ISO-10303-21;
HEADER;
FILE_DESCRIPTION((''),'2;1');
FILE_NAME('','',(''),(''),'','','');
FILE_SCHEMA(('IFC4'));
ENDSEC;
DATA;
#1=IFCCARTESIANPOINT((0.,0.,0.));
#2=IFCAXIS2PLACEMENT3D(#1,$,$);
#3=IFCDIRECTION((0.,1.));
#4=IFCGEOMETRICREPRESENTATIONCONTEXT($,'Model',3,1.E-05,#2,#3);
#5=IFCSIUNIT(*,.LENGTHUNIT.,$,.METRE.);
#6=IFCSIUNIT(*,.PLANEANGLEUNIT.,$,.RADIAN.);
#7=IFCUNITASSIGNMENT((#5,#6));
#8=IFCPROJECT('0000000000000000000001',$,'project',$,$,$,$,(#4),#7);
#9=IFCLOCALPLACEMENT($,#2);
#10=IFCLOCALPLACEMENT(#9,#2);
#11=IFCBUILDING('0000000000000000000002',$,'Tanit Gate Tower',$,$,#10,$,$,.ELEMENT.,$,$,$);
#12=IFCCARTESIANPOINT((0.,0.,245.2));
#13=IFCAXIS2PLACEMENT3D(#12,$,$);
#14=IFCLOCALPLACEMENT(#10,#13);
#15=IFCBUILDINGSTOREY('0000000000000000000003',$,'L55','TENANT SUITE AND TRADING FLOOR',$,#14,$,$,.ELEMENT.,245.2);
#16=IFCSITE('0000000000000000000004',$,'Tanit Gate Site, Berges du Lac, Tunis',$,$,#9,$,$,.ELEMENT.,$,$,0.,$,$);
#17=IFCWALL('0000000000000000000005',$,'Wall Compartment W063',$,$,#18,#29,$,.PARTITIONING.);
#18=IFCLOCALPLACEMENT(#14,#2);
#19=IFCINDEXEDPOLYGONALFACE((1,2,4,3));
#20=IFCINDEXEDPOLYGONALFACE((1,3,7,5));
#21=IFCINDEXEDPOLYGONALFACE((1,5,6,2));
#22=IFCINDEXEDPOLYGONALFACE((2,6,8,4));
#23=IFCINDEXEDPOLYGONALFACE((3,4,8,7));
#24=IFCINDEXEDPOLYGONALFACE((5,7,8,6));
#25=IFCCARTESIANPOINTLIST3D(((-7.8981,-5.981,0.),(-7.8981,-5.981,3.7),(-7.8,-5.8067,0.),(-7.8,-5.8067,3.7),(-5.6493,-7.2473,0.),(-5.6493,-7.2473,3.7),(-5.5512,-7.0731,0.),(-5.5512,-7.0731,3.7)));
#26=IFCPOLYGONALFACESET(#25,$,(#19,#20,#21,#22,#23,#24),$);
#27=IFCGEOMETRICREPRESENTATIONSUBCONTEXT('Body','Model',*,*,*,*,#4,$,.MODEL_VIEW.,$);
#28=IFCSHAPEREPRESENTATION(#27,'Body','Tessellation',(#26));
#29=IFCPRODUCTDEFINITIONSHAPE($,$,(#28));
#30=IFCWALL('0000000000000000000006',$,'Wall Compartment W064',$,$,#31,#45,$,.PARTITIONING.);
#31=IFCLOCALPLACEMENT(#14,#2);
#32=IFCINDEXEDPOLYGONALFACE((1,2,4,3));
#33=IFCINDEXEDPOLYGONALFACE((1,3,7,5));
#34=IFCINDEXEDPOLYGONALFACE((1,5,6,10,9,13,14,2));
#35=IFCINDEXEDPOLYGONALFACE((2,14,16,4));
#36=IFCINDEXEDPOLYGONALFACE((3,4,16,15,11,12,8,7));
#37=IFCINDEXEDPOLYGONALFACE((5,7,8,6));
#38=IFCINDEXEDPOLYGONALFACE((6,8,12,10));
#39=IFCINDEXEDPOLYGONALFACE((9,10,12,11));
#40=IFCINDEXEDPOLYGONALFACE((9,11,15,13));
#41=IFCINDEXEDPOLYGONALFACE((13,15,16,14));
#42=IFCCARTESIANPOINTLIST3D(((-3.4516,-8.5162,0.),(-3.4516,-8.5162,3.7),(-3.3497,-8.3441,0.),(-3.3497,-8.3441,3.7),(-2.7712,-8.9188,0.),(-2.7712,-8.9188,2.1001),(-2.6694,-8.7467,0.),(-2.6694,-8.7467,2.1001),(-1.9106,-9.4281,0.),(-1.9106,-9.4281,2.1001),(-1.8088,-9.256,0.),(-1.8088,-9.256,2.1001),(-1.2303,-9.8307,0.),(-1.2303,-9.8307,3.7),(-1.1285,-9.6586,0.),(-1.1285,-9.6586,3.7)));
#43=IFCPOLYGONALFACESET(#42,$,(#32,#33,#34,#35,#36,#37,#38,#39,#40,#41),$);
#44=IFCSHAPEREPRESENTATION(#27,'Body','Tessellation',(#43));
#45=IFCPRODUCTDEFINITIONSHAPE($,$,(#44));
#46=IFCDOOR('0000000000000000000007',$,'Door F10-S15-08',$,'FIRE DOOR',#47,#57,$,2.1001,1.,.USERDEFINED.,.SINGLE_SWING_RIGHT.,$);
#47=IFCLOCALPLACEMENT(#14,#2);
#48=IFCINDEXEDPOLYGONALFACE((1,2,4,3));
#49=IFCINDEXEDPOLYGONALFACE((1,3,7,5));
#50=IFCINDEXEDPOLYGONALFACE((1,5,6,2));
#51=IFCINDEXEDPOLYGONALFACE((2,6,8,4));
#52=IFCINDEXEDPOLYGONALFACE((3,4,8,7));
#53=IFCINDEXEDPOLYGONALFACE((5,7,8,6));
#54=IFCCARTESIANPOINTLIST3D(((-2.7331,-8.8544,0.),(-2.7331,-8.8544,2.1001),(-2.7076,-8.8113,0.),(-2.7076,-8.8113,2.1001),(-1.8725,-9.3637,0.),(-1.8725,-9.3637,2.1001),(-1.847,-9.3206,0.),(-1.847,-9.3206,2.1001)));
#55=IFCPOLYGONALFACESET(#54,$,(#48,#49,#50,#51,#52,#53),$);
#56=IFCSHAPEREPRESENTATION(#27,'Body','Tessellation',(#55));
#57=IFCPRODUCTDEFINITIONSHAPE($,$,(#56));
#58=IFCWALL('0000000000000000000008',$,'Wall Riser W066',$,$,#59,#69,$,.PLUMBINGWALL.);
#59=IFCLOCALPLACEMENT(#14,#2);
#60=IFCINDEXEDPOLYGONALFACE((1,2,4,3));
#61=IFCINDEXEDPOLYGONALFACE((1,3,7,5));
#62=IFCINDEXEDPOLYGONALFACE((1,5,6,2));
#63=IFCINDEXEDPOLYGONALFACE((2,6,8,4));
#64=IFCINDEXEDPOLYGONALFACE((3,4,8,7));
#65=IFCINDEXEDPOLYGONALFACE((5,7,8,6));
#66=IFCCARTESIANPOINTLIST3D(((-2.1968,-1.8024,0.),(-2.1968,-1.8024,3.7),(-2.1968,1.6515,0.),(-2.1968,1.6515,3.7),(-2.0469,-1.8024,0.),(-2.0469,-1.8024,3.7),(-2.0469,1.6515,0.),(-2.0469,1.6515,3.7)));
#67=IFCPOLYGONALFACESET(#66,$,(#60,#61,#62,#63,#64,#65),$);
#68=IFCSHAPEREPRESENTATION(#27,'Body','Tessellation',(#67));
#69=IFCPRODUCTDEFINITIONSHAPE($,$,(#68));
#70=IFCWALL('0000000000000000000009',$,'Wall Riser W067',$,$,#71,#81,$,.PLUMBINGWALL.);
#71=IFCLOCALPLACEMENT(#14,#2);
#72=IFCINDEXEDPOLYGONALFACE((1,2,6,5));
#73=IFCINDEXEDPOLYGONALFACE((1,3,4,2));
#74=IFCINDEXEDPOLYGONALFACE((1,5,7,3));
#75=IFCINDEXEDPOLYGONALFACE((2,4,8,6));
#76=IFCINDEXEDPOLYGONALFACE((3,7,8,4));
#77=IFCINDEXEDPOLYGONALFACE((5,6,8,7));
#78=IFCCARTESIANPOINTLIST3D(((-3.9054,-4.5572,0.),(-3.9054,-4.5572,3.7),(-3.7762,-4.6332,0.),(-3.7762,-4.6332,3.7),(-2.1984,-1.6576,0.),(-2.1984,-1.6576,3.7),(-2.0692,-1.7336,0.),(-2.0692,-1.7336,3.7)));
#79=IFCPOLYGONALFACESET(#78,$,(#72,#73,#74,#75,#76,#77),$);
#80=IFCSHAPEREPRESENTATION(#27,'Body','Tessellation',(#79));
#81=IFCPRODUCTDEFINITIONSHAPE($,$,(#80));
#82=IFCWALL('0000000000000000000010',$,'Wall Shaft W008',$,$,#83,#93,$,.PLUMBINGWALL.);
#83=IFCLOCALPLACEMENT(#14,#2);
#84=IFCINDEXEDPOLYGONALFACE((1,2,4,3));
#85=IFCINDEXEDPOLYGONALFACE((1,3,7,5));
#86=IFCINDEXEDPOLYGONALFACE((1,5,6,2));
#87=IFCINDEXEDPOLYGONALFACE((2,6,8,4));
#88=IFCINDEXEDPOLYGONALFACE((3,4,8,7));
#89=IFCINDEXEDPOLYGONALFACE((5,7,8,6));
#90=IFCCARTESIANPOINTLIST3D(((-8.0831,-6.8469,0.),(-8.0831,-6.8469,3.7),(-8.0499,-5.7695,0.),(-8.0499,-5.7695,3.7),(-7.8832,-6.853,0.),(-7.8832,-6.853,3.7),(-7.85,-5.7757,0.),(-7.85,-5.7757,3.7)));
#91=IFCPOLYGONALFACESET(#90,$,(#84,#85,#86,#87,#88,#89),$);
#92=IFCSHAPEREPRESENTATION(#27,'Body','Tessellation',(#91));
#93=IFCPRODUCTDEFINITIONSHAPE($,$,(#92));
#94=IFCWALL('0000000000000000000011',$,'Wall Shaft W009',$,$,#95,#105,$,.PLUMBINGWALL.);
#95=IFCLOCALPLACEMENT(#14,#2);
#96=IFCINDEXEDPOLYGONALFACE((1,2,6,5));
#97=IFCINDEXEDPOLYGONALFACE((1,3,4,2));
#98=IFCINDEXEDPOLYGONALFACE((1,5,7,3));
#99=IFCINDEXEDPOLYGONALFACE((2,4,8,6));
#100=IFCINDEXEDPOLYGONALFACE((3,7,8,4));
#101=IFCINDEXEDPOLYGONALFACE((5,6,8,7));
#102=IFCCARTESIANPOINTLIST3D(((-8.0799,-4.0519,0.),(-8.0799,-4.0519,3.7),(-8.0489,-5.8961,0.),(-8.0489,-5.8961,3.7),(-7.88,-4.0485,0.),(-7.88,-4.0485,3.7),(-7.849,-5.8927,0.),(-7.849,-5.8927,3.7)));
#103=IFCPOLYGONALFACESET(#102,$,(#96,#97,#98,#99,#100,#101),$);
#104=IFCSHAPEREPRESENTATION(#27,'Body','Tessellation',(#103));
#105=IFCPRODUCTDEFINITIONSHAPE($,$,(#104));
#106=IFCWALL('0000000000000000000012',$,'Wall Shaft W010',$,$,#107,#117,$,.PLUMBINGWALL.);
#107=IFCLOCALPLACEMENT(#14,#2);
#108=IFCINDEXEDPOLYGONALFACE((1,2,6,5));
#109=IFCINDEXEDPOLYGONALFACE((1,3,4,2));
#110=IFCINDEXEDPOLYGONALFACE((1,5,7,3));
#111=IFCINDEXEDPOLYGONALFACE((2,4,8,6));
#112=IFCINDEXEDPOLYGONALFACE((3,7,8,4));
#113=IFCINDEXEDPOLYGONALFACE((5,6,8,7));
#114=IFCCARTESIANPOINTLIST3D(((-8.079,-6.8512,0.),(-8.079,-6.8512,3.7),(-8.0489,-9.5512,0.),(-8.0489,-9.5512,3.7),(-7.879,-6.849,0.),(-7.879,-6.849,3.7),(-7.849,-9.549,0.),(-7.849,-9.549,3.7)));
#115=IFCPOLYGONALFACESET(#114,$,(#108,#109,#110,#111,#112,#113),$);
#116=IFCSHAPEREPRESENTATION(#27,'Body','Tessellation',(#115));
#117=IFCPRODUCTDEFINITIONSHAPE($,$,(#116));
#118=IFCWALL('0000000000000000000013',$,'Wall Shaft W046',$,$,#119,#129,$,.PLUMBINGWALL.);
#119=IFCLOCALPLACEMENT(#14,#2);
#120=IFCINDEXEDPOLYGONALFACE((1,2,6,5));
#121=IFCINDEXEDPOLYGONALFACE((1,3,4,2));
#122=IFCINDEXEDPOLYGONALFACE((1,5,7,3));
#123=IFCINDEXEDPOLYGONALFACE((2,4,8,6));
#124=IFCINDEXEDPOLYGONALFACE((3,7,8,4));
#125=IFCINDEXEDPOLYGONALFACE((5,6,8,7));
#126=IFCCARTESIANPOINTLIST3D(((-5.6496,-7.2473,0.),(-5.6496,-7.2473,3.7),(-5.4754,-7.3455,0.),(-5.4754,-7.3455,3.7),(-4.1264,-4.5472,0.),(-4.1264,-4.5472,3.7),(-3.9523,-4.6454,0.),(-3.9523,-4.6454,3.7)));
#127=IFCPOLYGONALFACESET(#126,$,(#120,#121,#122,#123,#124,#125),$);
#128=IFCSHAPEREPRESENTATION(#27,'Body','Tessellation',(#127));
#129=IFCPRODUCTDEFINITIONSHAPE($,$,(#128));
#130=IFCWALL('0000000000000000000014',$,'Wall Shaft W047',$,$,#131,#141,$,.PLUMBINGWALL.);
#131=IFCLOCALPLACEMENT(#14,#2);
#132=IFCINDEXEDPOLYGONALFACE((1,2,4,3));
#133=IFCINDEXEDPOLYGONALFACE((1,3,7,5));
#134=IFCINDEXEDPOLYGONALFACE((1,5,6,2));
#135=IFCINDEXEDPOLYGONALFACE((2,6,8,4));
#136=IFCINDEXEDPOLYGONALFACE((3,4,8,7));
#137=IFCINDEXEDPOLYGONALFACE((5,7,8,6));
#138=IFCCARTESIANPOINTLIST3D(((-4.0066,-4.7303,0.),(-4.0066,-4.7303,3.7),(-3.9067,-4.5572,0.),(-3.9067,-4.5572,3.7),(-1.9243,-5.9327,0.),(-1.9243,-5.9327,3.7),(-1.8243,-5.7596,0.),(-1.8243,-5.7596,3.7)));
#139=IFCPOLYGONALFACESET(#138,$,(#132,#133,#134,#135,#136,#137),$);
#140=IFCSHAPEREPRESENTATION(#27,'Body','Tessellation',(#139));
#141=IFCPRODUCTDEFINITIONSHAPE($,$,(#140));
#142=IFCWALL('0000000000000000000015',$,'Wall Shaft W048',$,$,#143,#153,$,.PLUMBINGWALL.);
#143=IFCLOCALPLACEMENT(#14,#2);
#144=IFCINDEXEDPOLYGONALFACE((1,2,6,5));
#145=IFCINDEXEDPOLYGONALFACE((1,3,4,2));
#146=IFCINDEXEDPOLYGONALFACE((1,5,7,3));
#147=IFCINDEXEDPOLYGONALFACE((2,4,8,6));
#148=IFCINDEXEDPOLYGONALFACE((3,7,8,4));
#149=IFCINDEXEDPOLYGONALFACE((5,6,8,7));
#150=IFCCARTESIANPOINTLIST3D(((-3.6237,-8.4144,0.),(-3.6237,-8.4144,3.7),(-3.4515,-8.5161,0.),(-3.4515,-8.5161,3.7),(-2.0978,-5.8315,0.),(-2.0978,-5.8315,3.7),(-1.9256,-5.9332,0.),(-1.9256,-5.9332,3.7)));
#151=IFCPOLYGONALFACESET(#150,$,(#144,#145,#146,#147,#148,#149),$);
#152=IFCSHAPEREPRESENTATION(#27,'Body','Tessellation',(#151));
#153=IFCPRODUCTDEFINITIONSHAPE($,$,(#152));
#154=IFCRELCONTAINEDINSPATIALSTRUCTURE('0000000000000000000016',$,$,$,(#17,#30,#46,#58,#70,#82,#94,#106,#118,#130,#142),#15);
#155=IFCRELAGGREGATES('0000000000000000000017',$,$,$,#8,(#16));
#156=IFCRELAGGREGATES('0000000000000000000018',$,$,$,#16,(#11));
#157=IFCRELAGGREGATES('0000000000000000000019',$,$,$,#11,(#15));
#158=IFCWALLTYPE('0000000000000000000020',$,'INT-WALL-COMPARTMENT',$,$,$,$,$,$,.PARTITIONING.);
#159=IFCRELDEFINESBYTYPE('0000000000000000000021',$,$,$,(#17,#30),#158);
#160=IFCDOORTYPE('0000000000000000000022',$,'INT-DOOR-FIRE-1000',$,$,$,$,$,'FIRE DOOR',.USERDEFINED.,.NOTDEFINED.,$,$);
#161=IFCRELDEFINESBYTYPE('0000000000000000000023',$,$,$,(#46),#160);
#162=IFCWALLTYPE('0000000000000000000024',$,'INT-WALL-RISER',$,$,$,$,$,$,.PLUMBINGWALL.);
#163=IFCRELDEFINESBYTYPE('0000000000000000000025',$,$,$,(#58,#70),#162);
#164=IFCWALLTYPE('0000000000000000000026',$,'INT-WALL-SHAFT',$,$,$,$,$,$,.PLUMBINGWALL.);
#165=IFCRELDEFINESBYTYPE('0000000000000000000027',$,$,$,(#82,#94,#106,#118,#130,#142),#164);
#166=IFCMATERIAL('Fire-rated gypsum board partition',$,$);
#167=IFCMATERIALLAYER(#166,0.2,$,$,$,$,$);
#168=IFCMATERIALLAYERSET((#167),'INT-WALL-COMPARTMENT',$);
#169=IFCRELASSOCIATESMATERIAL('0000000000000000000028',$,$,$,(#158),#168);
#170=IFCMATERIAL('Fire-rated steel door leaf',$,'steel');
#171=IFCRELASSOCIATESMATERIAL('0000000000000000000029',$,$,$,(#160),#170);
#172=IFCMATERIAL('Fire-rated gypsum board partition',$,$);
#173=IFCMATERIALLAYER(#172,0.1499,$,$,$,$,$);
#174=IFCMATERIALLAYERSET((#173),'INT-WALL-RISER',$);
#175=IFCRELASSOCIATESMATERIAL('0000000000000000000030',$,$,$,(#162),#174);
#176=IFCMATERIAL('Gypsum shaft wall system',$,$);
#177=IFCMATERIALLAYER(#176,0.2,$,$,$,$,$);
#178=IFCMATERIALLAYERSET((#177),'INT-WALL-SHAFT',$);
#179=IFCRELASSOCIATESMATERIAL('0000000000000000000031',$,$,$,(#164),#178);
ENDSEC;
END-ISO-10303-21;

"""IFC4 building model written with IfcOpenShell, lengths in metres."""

from ifc_helpers import new_model, si_unit, direction, frame, frame_2d, origin, place, context, subcontext, project, spatial, rectangle, extrude, material, layer, layer_set, type_object, element, fill, save


model = new_model("IFC4")

# Units and contexts
model_context = context("Model", 3, precision=1e-05, world=origin(), true_north=direction((0.0, 1.0)))
body_context = subcontext(model_context, "Body", "Model", "MODEL_VIEW")
ifc_project = project(units=[si_unit("LENGTHUNIT", "METRE"), si_unit("PLANEANGLEUNIT", "RADIAN")], contexts=[model_context])

# Site, building, storey
site_placement = place(None, origin())
site = spatial("IfcSite", under=ifc_project, at=site_placement, Name="Tanit Gate Site, Berges du Lac, Tunis", CompositionType="ELEMENT", RefElevation=0.0)
building_placement = place(site_placement, origin())
building = spatial("IfcBuilding", under=site, at=building_placement, Name="Tanit Gate Tower", CompositionType="ELEMENT")
storey_placement = place(building_placement, frame((0.0, 0.0, 245.2)))
storey = spatial("IfcBuildingStorey", under=building, at=storey_placement, Name="L55", Description="TENANT SUITE AND TRADING FLOOR", CompositionType="ELEMENT", Elevation=245.2)

# Wall
ifc_material_1 = material(Name="Fire-rated gypsum board partition")
ifc_layer_1 = layer(ifc_material_1, 0.2)
ifc_layer_set_1 = layer_set([ifc_layer_1], Name="INT-WALL-COMPARTMENT")
wall_type_1 = type_object("IfcWallType", Name="INT-WALL-COMPARTMENT", PredefinedType="PARTITIONING", material=ifc_layer_set_1)
wall_1_placement = place(storey_placement, frame((-7.8491, -5.8938, 0.0), z_axis=(0.0, 0.0, 1.0), x_axis=(0.87134, -0.490679, 0.0)))
element("IfcWall", 1, at=wall_1_placement, inside=storey, type_object=wall_type_1, Name="Wall Compartment W063", PredefinedType="PARTITIONING", context=body_context, shape_type="SweptSolid", body=[
    extrude(rectangle(XDim=2.5808, YDim=0.2, at=frame_2d((1.2905, 0.0))), origin(), (0.0, 0.0, 1.0), 3.7),
])

# Wall, opening, door
wall_2_placement = place(storey_placement, frame((-3.4006, -8.4302, 0.0), z_axis=(0.0, 0.0, 1.0), x_axis=(0.860599, -0.509284, 0.0)))
wall_2 = element("IfcWall", 2, at=wall_2_placement, inside=storey, type_object=wall_type_1, Name="Wall Compartment W064", PredefinedType="PARTITIONING", context=body_context, shape_type="SweptSolid", body=[
    extrude(rectangle(XDim=2.5811, YDim=0.2, at=frame_2d((1.2905, 0.0))), origin(), (0.0, 0.0, 1.0), 3.7),
])
opening_1_placement = place(wall_2_placement, frame((0.7905, 0.0, 0.0)))
opening_1 = element("IfcOpeningElement", 3, at=opening_1_placement, cuts=wall_2, PredefinedType="OPENING", context=body_context, shape_type="SweptSolid", body=[
    extrude(rectangle(XDim=1.0, YDim=2.1001, at=frame_2d((0.5, 1.05))), frame((0.0, 0.1099, 0.0), z_axis=(0.0, -1.0, 0.0), x_axis=(1.0, 0.0, 0.0)), (0.0, 0.0, 1.0), 0.22),
])
ifc_material_2 = material(Name="Fire-rated steel door leaf", Category="steel")
door_type_1 = type_object("IfcDoorType", Name="INT-DOOR-FIRE-1000", ElementType="FIRE DOOR", OperationType="NOTDEFINED", PredefinedType="USERDEFINED", material=ifc_material_2)
door_1_placement = place(opening_1_placement, origin())
door_1 = element("IfcDoor", 4, at=door_1_placement, inside=storey, type_object=door_type_1, Name="Door F10-S15-08", ObjectType="FIRE DOOR", OperationType="SINGLE_SWING_RIGHT", OverallHeight=2.1001, OverallWidth=1.0, PredefinedType="USERDEFINED", context=body_context, shape_type="SweptSolid", body=[
    extrude(rectangle(XDim=1.0, YDim=2.1001, at=frame_2d((0.5, 1.05))), frame((0.0, 0.0249, 0.0), z_axis=(0.0, -1.0, 0.0), x_axis=(1.0, 0.0, 0.0)), (0.0, 0.0, 1.0), 0.05),
])
fill(opening_1, door_1)

# Walls
ifc_material_3 = material(Name="Fire-rated gypsum board partition")
ifc_layer_2 = layer(ifc_material_3, 0.1499)
ifc_layer_set_2 = layer_set([ifc_layer_2], Name="INT-WALL-RISER")
wall_type_2 = type_object("IfcWallType", Name="INT-WALL-RISER", PredefinedType="PLUMBINGWALL", material=ifc_layer_set_2)
wall_3_placement = place(storey_placement, frame((-2.1218, -1.8025, 0.0), z_axis=(0.0, 0.0, 1.0), x_axis=(0.0, 1.0, 0.0)))
element("IfcWall", 5, at=wall_3_placement, inside=storey, type_object=wall_type_2, Name="Wall Riser W066", PredefinedType="PLUMBINGWALL", context=body_context, shape_type="SweptSolid", body=[
    extrude(rectangle(XDim=3.4539, YDim=0.1499, at=frame_2d((1.7271, 0.0))), origin(), (0.0, 0.0, 1.0), 3.7),
])
wall_4_placement = place(storey_placement, frame((-3.8408, -4.5952, 0.0), z_axis=(0.0, 0.0, 1.0), x_axis=(0.507318, 0.861759, 0.0)))
element("IfcWall", 6, at=wall_4_placement, inside=storey, type_object=wall_type_2, Name="Wall Riser W067", PredefinedType="PLUMBINGWALL", context=body_context, shape_type="SweptSolid", body=[
    extrude(rectangle(XDim=3.3647, YDim=0.1499, at=frame_2d((1.6824, 0.0))), origin(), (0.0, 0.0, 1.0), 3.7),
])
ifc_material_4 = material(Name="Gypsum shaft wall system")
ifc_layer_3 = layer(ifc_material_4, 0.2)
ifc_layer_set_3 = layer_set([ifc_layer_3], Name="INT-WALL-SHAFT")
wall_type_3 = type_object("IfcWallType", Name="INT-WALL-SHAFT", PredefinedType="PLUMBINGWALL", material=ifc_layer_set_3)
wall_5_placement = place(storey_placement, frame((-7.95, -5.7725, 0.0), z_axis=(0.0, 0.0, 1.0), x_axis=(-0.030803, -0.999525, 0.0)))
element("IfcWall", 7, at=wall_5_placement, inside=storey, type_object=wall_type_3, Name="Wall Shaft W008", PredefinedType="PLUMBINGWALL", context=body_context, shape_type="SweptSolid", body=[
    extrude(rectangle(XDim=1.0779, YDim=0.2, at=frame_2d((0.5391, 0.0))), origin(), (0.0, 0.0, 1.0), 3.7),
])
wall_6_placement = place(storey_placement, frame((-7.98, -4.05, 0.0), z_axis=(0.0, 0.0, 1.0), x_axis=(0.01681, -0.999859, 0.0)))
element("IfcWall", 8, at=wall_6_placement, inside=storey, type_object=wall_type_3, Name="Wall Shaft W009", PredefinedType="PLUMBINGWALL", context=body_context, shape_type="SweptSolid", body=[
    extrude(rectangle(XDim=1.8445, YDim=0.2, at=frame_2d((0.9224, 0.0))), origin(), (0.0, 0.0, 1.0), 3.7),
])
wall_7_placement = place(storey_placement, frame((-7.979, -6.8501, 0.0), z_axis=(0.0, 0.0, 1.0), x_axis=(0.011121, -0.999938, 0.0)))
element("IfcWall", 9, at=wall_7_placement, inside=storey, type_object=wall_type_3, Name="Wall Shaft W010", PredefinedType="PLUMBINGWALL", context=body_context, shape_type="SweptSolid", body=[
    extrude(rectangle(XDim=2.7002, YDim=0.2, at=frame_2d((1.3501, 0.0))), origin(), (0.0, 0.0, 1.0), 3.7),
])

# Walls
wall_8_placement = place(storey_placement, frame((-5.5625, -7.2964, 0.0), z_axis=(0.0, 0.0, 1.0), x_axis=(0.491323, 0.870978, 0.0)))
element("IfcWall", 10, at=wall_8_placement, inside=storey, type_object=wall_type_3, Name="Wall Shaft W046", PredefinedType="PLUMBINGWALL", context=body_context, shape_type="SweptSolid", body=[
    extrude(rectangle(XDim=3.1001, YDim=0.2, at=frame_2d((1.55, 0.0))), origin(), (0.0, 0.0, 1.0), 3.7),
])
wall_9_placement = place(storey_placement, frame((-3.9565, -4.6438, 0.0), z_axis=(0.0, 0.0, 1.0), x_axis=(0.865991, -0.500059, 0.0)))
element("IfcWall", 11, at=wall_9_placement, inside=storey, type_object=wall_type_3, Name="Wall Shaft W047", PredefinedType="PLUMBINGWALL", context=body_context, shape_type="SweptSolid", body=[
    extrude(rectangle(XDim=2.4045, YDim=0.2, at=frame_2d((1.2021, 0.0))), origin(), (0.0, 0.0, 1.0), 3.7),
])
wall_10_placement = place(storey_placement, frame((-2.0117, -5.8823, 0.0), z_axis=(0.0, 0.0, 1.0), x_axis=(-0.50862, -0.860991, 0.0)))
element("IfcWall", 12, at=wall_10_placement, inside=storey, type_object=wall_type_3, Name="Wall Shaft W048", PredefinedType="PLUMBINGWALL", context=body_context, shape_type="SweptSolid", body=[
    extrude(rectangle(XDim=3.0, YDim=0.2, at=frame_2d((1.5, 0.0))), origin(), (0.0, 0.0, 1.0), 3.7),
])

save(model, "model.ifc")
